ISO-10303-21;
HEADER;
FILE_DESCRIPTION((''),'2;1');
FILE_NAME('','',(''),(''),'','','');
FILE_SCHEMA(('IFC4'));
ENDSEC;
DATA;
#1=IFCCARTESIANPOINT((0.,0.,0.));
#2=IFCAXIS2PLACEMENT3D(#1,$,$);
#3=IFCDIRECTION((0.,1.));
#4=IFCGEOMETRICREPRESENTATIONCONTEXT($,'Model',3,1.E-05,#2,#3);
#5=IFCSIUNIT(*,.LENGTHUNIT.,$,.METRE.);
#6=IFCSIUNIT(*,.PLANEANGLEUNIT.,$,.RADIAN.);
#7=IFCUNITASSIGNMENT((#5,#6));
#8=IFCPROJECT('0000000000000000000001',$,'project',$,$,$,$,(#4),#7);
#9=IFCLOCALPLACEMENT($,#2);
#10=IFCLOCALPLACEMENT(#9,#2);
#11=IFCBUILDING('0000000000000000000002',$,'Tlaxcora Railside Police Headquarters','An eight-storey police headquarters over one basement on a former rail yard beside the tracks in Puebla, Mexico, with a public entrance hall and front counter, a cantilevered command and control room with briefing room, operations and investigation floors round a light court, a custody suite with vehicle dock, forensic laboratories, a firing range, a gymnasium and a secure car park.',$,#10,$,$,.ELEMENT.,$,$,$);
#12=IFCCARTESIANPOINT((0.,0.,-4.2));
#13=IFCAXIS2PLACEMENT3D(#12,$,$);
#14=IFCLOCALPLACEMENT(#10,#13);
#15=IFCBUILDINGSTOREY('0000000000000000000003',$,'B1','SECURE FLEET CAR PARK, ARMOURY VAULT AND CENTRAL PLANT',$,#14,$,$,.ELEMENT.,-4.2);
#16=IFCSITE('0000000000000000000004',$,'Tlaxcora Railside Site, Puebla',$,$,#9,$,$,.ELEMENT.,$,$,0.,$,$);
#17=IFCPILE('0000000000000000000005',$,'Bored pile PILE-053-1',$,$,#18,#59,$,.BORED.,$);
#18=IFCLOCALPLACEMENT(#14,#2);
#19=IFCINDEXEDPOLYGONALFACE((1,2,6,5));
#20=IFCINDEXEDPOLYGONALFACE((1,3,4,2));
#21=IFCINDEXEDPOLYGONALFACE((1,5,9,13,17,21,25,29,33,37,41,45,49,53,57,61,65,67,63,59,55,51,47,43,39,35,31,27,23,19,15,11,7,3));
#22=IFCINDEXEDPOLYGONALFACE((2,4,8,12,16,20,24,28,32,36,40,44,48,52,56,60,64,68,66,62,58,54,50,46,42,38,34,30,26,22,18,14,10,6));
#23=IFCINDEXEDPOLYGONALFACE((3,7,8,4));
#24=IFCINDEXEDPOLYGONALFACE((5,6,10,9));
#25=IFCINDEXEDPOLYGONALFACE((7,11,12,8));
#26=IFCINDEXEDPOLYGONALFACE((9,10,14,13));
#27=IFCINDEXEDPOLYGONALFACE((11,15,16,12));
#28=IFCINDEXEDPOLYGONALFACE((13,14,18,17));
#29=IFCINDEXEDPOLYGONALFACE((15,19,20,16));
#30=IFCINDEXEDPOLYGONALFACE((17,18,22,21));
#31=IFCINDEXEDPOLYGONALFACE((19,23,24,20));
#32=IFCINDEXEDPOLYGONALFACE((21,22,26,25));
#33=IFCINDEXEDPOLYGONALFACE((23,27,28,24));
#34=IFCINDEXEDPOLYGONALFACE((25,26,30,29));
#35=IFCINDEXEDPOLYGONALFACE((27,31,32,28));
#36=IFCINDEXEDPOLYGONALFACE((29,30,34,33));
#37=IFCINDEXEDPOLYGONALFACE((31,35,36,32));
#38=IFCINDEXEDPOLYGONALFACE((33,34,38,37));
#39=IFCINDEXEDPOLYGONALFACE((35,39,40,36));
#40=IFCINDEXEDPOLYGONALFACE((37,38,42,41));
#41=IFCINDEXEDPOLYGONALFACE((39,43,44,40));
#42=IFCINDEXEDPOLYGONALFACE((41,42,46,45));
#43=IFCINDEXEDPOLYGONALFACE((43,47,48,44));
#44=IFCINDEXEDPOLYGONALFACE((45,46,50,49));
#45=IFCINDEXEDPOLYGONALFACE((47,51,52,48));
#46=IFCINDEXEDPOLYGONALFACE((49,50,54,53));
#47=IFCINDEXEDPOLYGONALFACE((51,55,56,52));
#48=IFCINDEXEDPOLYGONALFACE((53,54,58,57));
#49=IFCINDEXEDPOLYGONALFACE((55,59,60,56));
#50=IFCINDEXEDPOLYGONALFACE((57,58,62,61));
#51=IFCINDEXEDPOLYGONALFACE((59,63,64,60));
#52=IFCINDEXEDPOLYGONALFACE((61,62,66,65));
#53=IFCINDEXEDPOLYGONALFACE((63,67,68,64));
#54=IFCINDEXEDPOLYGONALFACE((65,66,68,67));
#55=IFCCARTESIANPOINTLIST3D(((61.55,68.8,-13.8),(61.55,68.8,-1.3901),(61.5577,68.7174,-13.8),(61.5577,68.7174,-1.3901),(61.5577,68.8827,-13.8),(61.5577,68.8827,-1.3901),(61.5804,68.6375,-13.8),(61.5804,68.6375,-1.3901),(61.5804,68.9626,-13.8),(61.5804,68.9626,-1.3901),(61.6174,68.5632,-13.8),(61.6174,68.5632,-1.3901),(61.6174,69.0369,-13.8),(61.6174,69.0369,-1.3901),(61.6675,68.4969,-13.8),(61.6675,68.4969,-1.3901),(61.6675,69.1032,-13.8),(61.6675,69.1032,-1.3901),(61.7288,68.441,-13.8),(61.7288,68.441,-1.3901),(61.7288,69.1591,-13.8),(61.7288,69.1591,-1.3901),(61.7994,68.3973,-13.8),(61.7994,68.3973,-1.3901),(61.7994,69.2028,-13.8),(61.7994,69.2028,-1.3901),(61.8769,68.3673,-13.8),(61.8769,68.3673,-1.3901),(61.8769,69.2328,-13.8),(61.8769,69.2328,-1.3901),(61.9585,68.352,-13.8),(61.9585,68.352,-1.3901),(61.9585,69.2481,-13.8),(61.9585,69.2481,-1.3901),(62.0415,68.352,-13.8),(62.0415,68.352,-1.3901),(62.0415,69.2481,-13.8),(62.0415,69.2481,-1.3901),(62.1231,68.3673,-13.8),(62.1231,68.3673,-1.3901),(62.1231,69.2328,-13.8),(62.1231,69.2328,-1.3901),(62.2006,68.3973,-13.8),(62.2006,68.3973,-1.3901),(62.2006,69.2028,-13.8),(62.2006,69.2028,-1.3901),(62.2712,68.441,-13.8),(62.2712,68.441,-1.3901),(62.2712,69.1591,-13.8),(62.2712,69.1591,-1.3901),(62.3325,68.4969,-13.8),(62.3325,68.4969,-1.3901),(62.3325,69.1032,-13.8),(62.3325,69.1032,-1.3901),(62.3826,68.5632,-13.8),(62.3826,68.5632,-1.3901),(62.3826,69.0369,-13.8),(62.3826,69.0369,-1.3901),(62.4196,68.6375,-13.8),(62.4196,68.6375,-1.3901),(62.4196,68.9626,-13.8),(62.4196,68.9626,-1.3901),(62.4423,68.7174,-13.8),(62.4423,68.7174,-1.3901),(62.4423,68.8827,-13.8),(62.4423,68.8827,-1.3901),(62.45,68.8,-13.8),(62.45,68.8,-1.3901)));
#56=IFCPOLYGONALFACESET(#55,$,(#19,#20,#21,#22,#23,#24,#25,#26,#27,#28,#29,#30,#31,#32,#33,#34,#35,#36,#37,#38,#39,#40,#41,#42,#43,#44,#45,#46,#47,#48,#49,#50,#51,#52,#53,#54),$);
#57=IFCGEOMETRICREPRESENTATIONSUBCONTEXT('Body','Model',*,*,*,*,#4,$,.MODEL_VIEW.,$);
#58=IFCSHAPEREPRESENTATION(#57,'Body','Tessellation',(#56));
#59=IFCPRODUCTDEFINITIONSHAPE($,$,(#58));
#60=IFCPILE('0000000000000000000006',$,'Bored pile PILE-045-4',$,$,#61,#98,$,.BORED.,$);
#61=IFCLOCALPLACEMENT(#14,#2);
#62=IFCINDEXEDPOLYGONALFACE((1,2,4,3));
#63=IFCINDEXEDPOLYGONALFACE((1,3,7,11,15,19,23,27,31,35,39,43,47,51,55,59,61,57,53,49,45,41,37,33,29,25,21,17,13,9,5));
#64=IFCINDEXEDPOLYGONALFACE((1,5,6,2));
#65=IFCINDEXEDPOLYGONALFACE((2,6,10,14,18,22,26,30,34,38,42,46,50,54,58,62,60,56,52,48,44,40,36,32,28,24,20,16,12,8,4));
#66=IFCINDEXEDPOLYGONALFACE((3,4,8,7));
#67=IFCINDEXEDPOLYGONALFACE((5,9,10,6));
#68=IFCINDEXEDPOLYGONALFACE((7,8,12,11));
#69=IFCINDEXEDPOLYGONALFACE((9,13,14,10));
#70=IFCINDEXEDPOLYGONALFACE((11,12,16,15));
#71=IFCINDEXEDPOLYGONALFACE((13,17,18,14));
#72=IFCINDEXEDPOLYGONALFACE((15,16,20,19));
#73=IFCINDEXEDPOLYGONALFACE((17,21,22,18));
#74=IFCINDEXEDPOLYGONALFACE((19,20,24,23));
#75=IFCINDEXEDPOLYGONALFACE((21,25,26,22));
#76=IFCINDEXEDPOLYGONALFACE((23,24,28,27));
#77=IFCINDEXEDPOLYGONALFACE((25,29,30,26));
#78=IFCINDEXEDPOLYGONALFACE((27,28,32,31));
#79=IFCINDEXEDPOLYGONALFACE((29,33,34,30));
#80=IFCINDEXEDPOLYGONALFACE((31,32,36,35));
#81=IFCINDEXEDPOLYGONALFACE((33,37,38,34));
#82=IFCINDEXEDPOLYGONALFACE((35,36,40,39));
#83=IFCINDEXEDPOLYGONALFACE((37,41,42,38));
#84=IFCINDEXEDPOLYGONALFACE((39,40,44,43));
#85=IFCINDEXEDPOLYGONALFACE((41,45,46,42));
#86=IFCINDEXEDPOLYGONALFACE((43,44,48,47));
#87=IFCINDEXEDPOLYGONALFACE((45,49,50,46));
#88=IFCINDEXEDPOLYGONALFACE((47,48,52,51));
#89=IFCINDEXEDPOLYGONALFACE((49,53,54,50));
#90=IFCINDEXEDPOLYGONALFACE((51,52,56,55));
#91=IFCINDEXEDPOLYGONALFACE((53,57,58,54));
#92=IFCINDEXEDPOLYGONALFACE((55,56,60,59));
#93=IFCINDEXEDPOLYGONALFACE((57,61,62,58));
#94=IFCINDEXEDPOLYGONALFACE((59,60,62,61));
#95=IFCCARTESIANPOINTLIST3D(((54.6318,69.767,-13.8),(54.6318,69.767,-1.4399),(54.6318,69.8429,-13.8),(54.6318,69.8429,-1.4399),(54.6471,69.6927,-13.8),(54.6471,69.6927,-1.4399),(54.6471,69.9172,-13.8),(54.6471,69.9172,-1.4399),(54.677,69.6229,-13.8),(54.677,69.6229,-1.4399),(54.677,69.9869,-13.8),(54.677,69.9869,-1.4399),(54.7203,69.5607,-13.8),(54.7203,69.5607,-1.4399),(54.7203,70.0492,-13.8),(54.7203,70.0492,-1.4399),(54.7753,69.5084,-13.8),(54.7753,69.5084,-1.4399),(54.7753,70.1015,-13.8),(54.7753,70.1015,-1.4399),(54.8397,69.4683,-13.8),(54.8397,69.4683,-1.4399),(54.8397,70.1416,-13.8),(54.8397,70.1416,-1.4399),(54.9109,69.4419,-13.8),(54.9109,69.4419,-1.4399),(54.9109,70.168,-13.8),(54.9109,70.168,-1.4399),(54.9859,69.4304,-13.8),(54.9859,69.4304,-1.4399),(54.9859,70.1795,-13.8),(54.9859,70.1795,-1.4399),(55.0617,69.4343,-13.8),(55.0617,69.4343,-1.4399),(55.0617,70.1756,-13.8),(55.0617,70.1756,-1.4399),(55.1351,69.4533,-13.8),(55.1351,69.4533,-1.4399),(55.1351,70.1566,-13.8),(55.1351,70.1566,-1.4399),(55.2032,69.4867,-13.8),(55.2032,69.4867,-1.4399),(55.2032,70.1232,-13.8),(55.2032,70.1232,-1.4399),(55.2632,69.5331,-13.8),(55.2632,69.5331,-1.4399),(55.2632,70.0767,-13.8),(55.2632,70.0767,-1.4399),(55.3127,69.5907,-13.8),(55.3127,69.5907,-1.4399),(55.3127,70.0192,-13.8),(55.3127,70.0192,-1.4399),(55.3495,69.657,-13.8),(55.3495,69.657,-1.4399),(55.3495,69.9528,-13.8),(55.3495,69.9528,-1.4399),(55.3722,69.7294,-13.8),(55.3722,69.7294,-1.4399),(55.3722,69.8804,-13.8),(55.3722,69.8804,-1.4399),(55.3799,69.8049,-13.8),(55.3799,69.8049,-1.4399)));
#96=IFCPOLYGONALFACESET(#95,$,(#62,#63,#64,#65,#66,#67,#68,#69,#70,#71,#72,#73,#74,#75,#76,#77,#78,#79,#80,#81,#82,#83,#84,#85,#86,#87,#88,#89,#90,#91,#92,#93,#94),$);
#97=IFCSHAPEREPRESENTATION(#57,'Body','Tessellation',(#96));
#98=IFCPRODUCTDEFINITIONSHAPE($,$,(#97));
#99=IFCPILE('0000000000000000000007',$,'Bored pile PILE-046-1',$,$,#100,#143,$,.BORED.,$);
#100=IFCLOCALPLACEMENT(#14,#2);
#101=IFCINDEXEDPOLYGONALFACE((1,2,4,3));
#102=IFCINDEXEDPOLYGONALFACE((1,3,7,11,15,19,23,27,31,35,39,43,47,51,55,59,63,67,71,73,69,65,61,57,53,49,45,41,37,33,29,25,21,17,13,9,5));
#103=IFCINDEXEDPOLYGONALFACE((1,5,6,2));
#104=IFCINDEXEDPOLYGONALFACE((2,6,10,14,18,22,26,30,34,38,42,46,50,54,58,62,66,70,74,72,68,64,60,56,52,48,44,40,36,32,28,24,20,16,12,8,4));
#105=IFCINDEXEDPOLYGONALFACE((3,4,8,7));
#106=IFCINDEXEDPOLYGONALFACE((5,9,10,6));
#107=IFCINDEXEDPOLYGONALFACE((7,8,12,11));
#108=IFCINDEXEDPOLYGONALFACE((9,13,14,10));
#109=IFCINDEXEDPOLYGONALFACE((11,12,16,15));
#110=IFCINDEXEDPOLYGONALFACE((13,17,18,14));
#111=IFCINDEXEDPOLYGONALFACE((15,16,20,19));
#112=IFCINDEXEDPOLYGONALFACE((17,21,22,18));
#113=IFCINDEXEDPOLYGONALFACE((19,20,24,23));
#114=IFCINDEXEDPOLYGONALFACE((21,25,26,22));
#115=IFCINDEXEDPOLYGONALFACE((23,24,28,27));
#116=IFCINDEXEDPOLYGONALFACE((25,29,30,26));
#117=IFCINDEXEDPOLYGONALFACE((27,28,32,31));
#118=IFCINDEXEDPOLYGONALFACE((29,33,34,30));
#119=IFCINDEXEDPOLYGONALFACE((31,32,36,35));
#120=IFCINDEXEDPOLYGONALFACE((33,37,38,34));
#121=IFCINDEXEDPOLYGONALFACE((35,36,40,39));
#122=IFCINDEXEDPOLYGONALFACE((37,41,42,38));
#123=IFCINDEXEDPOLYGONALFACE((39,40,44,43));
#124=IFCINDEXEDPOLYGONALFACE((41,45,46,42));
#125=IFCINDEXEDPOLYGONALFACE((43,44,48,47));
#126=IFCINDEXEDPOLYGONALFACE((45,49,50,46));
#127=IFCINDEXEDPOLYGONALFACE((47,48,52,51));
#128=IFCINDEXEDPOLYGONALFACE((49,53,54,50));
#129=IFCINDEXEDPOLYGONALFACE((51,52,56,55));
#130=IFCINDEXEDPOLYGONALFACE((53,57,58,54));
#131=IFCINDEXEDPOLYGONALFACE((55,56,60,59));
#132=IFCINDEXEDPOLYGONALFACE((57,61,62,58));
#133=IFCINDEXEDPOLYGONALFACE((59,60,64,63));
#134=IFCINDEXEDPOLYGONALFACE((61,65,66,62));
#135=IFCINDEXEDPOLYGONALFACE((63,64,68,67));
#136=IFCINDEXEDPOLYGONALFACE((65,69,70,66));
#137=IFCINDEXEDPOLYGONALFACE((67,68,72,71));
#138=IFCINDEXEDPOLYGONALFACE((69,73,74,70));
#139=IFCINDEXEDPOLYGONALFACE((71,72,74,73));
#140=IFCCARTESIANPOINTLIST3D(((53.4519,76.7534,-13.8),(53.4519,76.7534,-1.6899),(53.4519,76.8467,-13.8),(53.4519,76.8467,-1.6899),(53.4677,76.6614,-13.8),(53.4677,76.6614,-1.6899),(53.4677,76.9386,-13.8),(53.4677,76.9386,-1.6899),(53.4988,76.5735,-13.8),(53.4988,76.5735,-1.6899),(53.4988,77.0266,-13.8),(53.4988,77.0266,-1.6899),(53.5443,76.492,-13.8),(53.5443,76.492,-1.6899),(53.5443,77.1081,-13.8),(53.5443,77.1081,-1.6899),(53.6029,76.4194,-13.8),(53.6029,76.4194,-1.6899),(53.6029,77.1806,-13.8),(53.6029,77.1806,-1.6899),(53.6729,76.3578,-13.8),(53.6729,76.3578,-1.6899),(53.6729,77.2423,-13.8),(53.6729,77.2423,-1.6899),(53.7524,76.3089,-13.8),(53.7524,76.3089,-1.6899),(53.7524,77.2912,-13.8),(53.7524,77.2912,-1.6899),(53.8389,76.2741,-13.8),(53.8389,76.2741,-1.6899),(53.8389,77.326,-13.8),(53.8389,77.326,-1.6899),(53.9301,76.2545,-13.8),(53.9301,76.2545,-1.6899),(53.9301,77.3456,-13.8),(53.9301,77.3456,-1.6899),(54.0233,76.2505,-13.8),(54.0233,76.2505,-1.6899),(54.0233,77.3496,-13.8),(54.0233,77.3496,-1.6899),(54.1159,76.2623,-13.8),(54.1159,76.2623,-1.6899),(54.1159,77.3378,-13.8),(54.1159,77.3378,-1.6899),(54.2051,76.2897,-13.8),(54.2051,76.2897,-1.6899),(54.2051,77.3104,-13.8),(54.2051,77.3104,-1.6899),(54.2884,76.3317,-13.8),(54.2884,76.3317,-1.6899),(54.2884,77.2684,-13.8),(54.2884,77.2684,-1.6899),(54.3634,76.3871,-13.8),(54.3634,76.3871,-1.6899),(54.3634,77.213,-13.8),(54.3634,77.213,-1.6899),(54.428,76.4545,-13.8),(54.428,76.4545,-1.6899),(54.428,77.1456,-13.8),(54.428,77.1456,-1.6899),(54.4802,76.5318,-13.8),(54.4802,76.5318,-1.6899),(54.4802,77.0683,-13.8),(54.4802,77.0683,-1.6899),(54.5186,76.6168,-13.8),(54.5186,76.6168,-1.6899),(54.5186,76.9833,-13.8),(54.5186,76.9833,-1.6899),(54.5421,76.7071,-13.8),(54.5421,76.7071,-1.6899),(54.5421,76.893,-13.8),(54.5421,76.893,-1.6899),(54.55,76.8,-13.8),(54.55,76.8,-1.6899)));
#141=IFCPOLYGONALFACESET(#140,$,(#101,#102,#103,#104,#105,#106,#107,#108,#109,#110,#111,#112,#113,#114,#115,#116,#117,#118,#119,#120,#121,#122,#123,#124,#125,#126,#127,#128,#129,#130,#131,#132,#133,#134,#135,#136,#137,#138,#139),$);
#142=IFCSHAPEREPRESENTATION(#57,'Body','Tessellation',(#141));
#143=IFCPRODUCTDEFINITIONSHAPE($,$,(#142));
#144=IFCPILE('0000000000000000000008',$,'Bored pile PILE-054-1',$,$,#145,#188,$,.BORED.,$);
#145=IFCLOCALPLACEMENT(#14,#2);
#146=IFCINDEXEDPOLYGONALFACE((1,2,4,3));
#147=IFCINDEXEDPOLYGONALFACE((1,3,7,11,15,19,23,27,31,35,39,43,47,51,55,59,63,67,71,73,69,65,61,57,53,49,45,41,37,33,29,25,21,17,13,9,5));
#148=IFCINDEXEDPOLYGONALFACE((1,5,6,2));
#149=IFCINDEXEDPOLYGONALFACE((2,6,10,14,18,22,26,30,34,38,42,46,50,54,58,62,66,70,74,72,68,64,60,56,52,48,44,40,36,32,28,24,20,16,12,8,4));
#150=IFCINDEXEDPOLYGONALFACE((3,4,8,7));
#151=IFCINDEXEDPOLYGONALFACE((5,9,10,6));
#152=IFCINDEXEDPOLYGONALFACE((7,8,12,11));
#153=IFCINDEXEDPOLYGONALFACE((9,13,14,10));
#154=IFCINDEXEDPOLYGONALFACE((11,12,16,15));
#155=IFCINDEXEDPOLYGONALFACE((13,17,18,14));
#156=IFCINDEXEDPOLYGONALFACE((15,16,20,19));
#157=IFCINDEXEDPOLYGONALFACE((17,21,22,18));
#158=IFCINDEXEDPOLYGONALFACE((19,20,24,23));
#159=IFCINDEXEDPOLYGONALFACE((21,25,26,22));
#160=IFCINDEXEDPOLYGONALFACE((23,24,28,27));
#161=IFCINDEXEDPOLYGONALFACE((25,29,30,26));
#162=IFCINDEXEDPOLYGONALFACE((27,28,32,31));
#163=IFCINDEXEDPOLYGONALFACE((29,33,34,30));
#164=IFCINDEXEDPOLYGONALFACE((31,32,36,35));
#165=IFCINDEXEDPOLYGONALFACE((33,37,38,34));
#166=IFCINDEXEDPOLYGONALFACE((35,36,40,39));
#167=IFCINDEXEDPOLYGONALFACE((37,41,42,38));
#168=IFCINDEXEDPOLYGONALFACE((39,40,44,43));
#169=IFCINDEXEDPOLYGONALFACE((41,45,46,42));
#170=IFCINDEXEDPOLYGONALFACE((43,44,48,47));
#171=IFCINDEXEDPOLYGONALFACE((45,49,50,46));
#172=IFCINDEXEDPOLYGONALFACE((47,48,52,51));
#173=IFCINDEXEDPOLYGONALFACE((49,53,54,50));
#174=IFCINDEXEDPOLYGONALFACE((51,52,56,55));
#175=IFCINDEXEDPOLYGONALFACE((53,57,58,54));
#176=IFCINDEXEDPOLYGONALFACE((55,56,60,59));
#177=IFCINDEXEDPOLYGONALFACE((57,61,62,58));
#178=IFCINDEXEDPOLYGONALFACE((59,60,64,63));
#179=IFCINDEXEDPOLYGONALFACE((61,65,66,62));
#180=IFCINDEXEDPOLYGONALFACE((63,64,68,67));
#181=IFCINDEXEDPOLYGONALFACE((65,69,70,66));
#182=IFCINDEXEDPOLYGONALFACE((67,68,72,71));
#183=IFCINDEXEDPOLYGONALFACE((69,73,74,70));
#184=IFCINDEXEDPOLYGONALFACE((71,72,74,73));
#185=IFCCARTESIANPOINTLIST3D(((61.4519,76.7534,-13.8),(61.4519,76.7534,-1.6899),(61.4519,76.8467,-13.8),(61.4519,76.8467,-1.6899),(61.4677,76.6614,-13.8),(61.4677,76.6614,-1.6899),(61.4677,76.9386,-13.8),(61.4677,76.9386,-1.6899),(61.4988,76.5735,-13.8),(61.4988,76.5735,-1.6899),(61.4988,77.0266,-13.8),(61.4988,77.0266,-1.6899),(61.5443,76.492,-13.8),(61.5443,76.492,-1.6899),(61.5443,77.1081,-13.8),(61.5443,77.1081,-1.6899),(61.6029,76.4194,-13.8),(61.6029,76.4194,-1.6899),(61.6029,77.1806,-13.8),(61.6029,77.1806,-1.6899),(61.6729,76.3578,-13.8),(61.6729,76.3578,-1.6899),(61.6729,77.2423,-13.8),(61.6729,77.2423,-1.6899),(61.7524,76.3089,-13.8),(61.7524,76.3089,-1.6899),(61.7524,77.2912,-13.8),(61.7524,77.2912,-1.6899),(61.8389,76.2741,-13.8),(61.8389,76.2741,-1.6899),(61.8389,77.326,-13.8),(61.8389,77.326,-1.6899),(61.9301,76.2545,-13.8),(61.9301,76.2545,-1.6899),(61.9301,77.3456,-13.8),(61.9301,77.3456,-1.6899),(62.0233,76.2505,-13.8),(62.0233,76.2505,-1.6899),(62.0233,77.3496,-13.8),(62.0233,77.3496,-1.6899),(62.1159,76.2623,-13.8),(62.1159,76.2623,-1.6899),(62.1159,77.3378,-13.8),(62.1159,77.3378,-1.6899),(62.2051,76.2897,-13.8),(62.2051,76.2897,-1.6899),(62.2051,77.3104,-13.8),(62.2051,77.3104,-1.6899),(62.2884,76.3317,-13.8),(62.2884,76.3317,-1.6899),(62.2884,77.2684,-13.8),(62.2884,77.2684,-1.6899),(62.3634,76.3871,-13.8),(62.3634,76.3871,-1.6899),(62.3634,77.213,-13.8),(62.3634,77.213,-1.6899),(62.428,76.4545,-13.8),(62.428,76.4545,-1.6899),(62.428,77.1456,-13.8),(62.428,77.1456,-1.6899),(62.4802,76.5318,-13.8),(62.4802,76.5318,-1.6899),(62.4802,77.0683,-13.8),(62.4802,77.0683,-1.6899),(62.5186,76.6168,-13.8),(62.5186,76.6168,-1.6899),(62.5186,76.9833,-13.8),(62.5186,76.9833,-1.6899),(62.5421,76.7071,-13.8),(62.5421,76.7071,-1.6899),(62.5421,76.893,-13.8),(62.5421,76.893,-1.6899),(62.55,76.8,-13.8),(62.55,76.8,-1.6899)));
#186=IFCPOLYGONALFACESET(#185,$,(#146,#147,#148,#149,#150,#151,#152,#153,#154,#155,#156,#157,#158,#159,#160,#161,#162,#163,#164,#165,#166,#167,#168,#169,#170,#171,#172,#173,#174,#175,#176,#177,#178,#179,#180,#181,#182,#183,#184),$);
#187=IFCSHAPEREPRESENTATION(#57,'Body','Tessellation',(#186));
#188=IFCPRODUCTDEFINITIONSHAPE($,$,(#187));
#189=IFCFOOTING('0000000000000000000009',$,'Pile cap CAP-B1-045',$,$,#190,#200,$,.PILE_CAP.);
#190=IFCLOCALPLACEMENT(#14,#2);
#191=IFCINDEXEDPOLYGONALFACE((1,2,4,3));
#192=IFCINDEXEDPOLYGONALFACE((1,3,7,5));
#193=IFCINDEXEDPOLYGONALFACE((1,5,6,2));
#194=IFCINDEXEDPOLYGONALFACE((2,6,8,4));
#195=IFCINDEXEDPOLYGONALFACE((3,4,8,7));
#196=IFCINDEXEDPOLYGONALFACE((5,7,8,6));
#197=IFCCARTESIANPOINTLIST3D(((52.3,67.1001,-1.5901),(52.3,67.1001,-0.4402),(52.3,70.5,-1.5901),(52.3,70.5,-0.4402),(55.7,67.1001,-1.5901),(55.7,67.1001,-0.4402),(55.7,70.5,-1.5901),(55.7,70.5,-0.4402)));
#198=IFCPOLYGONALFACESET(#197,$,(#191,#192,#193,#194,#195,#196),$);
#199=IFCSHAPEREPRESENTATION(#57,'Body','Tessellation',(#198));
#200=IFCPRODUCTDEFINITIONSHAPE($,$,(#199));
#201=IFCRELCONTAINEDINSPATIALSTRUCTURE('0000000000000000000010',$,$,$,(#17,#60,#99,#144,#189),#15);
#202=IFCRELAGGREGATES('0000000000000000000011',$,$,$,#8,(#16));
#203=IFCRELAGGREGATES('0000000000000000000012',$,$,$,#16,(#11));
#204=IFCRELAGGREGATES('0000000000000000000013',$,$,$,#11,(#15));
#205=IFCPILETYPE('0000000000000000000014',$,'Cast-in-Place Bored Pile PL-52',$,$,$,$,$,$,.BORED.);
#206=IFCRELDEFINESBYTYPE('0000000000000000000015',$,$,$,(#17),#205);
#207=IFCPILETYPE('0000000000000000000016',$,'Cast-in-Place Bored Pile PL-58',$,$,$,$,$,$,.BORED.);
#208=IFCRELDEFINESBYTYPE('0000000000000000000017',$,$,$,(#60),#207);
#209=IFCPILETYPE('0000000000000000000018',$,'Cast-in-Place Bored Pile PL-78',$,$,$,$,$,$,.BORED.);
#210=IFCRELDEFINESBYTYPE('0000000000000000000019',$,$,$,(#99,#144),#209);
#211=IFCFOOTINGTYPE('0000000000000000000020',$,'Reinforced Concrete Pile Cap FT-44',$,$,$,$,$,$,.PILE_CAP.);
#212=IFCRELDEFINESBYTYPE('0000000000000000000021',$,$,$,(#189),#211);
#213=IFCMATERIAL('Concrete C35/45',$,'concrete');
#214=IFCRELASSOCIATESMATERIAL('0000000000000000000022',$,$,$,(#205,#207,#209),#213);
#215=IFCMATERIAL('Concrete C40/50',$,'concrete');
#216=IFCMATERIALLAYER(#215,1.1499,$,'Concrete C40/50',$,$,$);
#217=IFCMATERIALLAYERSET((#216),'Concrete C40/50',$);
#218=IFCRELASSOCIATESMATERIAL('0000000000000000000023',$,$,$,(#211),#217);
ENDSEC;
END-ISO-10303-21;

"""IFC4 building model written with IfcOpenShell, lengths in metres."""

from ifc_helpers import new_model, si_unit, direction, frame, origin, origin_2d, place, context, subcontext, project, spatial, rectangle, circle, extrude, material, layer, layer_set, material_profile, profile_set, type_object, element, save


model = new_model("IFC4")

# Units and contexts
model_context = context("Model", 3, precision=1e-05, world=origin(), true_north=direction((0.0, 1.0)))
body_context = subcontext(model_context, "Body", "Model", "MODEL_VIEW")
ifc_project = project(units=[si_unit("LENGTHUNIT", "METRE"), si_unit("PLANEANGLEUNIT", "RADIAN")], contexts=[model_context])

# Site, building, storey
site_placement = place(None, origin())
site = spatial("IfcSite", under=ifc_project, at=site_placement, Name="Tlaxcora Railside Site, Puebla", CompositionType="ELEMENT", RefElevation=0.0)
building_placement = place(site_placement, origin())
building = spatial("IfcBuilding", under=site, at=building_placement, Name="Tlaxcora Railside Police Headquarters", Description="An eight-storey police headquarters over one basement on a former rail yard beside the tracks in Puebla, Mexico, with a public entrance hall and front counter, a cantilevered command and control room with briefing room, operations and investigation floors round a light court, a custody suite with vehicle dock, forensic laboratories, a firing range, a gymnasium and a secure car park.", CompositionType="ELEMENT")
storey_placement = place(building_placement, frame((0.0, 0.0, -4.2)))
storey = spatial("IfcBuildingStorey", under=building, at=storey_placement, Name="B1", Description="SECURE FLEET CAR PARK, ARMOURY VAULT AND CENTRAL PLANT", CompositionType="ELEMENT", Elevation=-4.2)

# Piles
ifc_material_1 = material(Name="Concrete C35/45", Category="concrete")
ifc_material_profile_1 = material_profile(ifc_material_1, circle(Radius=0.45, at=origin_2d()), Name="PILE900")
ifc_profile_set_1 = profile_set([ifc_material_profile_1], Name="Concrete C35/45")
pile_type_1 = type_object("IfcPileType", Name="Cast-in-Place Bored Pile PL-52", PredefinedType="BORED", material=ifc_profile_set_1)
pile_1_placement = place(storey_placement, frame((62.0, 68.8, -1.3901), z_axis=(0.0, 0.0, -1.0), x_axis=(1.0, 0.0, 0.0)))
element("IfcPile", 1, at=pile_1_placement, inside=storey, type_object=pile_type_1, Name="Bored pile PILE-053-1", PredefinedType="BORED", context=body_context, shape_type="SweptSolid", body=[
    extrude(circle(Radius=0.45, at=origin_2d()), origin(), (0.0, 0.0, 1.0), 12.4099),
])
ifc_material_profile_2 = material_profile(ifc_material_1, circle(Radius=0.375, at=origin_2d()), Name="PILE750")
ifc_profile_set_2 = profile_set([ifc_material_profile_2], Name="Concrete C35/45")
pile_type_2 = type_object("IfcPileType", Name="Cast-in-Place Bored Pile PL-58", PredefinedType="BORED", material=ifc_profile_set_2)
pile_2_placement = place(storey_placement, frame((55.0049, 69.8049, -1.4399), z_axis=(0.0, 0.0, -1.0), x_axis=(1.0, 0.0, 0.0)))
element("IfcPile", 2, at=pile_2_placement, inside=storey, type_object=pile_type_2, Name="Bored pile PILE-045-4", PredefinedType="BORED", context=body_context, shape_type="SweptSolid", body=[
    extrude(circle(Radius=0.375, at=origin_2d()), origin(), (0.0, 0.0, 1.0), 12.3601),
])
ifc_material_profile_3 = material_profile(ifc_material_1, circle(Radius=0.55, at=origin_2d()), Name="PILE1100")
ifc_profile_set_3 = profile_set([ifc_material_profile_3], Name="Concrete C35/45")
pile_type_3 = type_object("IfcPileType", Name="Cast-in-Place Bored Pile PL-78", PredefinedType="BORED", material=ifc_profile_set_3)
for number, where, z_axis, x_axis, name in (
    (3, (54.0, 76.8, -1.6899), (0.0, 0.0, -1.0), (1.0, 0.0, 0.0), "Bored pile PILE-046-1"),
    (4, (62.0, 76.8, -1.6899), (0.0, 0.0, -1.0), (1.0, 0.0, 0.0), "Bored pile PILE-054-1"),
):
    element("IfcPile", number, at=place(storey_placement, frame(where, z_axis=z_axis, x_axis=x_axis)), inside=storey, type_object=pile_type_3, Name=name, PredefinedType="BORED", context=body_context, shape_type="SweptSolid", body=[
        extrude(circle(Radius=0.55, at=origin_2d()), origin(), (0.0, 0.0, 1.0), 12.1101),
    ])

# Footing
ifc_material_2 = material(Name="Concrete C40/50", Category="concrete")
ifc_layer_1 = layer(ifc_material_2, 1.1499, Name="Concrete C40/50")
ifc_layer_set_1 = layer_set([ifc_layer_1], Name="Concrete C40/50")
footing_type_1 = type_object("IfcFootingType", Name="Reinforced Concrete Pile Cap FT-44", PredefinedType="PILE_CAP", material=ifc_layer_set_1)
footing_1_placement = place(storey_placement, frame((54.0, 68.8, -1.5901), z_axis=(0.0, 0.0, 1.0), x_axis=(1.0, 0.0, 0.0)))
element("IfcFooting", 5, at=footing_1_placement, inside=storey, type_object=footing_type_1, Name="Pile cap CAP-B1-045", PredefinedType="PILE_CAP", context=body_context, shape_type="SweptSolid", body=[
    extrude(rectangle(XDim=3.3999, YDim=3.3999, at=origin_2d()), origin(), (0.0, 0.0, 1.0), 1.1499),
])

save(model, "model.ifc")
